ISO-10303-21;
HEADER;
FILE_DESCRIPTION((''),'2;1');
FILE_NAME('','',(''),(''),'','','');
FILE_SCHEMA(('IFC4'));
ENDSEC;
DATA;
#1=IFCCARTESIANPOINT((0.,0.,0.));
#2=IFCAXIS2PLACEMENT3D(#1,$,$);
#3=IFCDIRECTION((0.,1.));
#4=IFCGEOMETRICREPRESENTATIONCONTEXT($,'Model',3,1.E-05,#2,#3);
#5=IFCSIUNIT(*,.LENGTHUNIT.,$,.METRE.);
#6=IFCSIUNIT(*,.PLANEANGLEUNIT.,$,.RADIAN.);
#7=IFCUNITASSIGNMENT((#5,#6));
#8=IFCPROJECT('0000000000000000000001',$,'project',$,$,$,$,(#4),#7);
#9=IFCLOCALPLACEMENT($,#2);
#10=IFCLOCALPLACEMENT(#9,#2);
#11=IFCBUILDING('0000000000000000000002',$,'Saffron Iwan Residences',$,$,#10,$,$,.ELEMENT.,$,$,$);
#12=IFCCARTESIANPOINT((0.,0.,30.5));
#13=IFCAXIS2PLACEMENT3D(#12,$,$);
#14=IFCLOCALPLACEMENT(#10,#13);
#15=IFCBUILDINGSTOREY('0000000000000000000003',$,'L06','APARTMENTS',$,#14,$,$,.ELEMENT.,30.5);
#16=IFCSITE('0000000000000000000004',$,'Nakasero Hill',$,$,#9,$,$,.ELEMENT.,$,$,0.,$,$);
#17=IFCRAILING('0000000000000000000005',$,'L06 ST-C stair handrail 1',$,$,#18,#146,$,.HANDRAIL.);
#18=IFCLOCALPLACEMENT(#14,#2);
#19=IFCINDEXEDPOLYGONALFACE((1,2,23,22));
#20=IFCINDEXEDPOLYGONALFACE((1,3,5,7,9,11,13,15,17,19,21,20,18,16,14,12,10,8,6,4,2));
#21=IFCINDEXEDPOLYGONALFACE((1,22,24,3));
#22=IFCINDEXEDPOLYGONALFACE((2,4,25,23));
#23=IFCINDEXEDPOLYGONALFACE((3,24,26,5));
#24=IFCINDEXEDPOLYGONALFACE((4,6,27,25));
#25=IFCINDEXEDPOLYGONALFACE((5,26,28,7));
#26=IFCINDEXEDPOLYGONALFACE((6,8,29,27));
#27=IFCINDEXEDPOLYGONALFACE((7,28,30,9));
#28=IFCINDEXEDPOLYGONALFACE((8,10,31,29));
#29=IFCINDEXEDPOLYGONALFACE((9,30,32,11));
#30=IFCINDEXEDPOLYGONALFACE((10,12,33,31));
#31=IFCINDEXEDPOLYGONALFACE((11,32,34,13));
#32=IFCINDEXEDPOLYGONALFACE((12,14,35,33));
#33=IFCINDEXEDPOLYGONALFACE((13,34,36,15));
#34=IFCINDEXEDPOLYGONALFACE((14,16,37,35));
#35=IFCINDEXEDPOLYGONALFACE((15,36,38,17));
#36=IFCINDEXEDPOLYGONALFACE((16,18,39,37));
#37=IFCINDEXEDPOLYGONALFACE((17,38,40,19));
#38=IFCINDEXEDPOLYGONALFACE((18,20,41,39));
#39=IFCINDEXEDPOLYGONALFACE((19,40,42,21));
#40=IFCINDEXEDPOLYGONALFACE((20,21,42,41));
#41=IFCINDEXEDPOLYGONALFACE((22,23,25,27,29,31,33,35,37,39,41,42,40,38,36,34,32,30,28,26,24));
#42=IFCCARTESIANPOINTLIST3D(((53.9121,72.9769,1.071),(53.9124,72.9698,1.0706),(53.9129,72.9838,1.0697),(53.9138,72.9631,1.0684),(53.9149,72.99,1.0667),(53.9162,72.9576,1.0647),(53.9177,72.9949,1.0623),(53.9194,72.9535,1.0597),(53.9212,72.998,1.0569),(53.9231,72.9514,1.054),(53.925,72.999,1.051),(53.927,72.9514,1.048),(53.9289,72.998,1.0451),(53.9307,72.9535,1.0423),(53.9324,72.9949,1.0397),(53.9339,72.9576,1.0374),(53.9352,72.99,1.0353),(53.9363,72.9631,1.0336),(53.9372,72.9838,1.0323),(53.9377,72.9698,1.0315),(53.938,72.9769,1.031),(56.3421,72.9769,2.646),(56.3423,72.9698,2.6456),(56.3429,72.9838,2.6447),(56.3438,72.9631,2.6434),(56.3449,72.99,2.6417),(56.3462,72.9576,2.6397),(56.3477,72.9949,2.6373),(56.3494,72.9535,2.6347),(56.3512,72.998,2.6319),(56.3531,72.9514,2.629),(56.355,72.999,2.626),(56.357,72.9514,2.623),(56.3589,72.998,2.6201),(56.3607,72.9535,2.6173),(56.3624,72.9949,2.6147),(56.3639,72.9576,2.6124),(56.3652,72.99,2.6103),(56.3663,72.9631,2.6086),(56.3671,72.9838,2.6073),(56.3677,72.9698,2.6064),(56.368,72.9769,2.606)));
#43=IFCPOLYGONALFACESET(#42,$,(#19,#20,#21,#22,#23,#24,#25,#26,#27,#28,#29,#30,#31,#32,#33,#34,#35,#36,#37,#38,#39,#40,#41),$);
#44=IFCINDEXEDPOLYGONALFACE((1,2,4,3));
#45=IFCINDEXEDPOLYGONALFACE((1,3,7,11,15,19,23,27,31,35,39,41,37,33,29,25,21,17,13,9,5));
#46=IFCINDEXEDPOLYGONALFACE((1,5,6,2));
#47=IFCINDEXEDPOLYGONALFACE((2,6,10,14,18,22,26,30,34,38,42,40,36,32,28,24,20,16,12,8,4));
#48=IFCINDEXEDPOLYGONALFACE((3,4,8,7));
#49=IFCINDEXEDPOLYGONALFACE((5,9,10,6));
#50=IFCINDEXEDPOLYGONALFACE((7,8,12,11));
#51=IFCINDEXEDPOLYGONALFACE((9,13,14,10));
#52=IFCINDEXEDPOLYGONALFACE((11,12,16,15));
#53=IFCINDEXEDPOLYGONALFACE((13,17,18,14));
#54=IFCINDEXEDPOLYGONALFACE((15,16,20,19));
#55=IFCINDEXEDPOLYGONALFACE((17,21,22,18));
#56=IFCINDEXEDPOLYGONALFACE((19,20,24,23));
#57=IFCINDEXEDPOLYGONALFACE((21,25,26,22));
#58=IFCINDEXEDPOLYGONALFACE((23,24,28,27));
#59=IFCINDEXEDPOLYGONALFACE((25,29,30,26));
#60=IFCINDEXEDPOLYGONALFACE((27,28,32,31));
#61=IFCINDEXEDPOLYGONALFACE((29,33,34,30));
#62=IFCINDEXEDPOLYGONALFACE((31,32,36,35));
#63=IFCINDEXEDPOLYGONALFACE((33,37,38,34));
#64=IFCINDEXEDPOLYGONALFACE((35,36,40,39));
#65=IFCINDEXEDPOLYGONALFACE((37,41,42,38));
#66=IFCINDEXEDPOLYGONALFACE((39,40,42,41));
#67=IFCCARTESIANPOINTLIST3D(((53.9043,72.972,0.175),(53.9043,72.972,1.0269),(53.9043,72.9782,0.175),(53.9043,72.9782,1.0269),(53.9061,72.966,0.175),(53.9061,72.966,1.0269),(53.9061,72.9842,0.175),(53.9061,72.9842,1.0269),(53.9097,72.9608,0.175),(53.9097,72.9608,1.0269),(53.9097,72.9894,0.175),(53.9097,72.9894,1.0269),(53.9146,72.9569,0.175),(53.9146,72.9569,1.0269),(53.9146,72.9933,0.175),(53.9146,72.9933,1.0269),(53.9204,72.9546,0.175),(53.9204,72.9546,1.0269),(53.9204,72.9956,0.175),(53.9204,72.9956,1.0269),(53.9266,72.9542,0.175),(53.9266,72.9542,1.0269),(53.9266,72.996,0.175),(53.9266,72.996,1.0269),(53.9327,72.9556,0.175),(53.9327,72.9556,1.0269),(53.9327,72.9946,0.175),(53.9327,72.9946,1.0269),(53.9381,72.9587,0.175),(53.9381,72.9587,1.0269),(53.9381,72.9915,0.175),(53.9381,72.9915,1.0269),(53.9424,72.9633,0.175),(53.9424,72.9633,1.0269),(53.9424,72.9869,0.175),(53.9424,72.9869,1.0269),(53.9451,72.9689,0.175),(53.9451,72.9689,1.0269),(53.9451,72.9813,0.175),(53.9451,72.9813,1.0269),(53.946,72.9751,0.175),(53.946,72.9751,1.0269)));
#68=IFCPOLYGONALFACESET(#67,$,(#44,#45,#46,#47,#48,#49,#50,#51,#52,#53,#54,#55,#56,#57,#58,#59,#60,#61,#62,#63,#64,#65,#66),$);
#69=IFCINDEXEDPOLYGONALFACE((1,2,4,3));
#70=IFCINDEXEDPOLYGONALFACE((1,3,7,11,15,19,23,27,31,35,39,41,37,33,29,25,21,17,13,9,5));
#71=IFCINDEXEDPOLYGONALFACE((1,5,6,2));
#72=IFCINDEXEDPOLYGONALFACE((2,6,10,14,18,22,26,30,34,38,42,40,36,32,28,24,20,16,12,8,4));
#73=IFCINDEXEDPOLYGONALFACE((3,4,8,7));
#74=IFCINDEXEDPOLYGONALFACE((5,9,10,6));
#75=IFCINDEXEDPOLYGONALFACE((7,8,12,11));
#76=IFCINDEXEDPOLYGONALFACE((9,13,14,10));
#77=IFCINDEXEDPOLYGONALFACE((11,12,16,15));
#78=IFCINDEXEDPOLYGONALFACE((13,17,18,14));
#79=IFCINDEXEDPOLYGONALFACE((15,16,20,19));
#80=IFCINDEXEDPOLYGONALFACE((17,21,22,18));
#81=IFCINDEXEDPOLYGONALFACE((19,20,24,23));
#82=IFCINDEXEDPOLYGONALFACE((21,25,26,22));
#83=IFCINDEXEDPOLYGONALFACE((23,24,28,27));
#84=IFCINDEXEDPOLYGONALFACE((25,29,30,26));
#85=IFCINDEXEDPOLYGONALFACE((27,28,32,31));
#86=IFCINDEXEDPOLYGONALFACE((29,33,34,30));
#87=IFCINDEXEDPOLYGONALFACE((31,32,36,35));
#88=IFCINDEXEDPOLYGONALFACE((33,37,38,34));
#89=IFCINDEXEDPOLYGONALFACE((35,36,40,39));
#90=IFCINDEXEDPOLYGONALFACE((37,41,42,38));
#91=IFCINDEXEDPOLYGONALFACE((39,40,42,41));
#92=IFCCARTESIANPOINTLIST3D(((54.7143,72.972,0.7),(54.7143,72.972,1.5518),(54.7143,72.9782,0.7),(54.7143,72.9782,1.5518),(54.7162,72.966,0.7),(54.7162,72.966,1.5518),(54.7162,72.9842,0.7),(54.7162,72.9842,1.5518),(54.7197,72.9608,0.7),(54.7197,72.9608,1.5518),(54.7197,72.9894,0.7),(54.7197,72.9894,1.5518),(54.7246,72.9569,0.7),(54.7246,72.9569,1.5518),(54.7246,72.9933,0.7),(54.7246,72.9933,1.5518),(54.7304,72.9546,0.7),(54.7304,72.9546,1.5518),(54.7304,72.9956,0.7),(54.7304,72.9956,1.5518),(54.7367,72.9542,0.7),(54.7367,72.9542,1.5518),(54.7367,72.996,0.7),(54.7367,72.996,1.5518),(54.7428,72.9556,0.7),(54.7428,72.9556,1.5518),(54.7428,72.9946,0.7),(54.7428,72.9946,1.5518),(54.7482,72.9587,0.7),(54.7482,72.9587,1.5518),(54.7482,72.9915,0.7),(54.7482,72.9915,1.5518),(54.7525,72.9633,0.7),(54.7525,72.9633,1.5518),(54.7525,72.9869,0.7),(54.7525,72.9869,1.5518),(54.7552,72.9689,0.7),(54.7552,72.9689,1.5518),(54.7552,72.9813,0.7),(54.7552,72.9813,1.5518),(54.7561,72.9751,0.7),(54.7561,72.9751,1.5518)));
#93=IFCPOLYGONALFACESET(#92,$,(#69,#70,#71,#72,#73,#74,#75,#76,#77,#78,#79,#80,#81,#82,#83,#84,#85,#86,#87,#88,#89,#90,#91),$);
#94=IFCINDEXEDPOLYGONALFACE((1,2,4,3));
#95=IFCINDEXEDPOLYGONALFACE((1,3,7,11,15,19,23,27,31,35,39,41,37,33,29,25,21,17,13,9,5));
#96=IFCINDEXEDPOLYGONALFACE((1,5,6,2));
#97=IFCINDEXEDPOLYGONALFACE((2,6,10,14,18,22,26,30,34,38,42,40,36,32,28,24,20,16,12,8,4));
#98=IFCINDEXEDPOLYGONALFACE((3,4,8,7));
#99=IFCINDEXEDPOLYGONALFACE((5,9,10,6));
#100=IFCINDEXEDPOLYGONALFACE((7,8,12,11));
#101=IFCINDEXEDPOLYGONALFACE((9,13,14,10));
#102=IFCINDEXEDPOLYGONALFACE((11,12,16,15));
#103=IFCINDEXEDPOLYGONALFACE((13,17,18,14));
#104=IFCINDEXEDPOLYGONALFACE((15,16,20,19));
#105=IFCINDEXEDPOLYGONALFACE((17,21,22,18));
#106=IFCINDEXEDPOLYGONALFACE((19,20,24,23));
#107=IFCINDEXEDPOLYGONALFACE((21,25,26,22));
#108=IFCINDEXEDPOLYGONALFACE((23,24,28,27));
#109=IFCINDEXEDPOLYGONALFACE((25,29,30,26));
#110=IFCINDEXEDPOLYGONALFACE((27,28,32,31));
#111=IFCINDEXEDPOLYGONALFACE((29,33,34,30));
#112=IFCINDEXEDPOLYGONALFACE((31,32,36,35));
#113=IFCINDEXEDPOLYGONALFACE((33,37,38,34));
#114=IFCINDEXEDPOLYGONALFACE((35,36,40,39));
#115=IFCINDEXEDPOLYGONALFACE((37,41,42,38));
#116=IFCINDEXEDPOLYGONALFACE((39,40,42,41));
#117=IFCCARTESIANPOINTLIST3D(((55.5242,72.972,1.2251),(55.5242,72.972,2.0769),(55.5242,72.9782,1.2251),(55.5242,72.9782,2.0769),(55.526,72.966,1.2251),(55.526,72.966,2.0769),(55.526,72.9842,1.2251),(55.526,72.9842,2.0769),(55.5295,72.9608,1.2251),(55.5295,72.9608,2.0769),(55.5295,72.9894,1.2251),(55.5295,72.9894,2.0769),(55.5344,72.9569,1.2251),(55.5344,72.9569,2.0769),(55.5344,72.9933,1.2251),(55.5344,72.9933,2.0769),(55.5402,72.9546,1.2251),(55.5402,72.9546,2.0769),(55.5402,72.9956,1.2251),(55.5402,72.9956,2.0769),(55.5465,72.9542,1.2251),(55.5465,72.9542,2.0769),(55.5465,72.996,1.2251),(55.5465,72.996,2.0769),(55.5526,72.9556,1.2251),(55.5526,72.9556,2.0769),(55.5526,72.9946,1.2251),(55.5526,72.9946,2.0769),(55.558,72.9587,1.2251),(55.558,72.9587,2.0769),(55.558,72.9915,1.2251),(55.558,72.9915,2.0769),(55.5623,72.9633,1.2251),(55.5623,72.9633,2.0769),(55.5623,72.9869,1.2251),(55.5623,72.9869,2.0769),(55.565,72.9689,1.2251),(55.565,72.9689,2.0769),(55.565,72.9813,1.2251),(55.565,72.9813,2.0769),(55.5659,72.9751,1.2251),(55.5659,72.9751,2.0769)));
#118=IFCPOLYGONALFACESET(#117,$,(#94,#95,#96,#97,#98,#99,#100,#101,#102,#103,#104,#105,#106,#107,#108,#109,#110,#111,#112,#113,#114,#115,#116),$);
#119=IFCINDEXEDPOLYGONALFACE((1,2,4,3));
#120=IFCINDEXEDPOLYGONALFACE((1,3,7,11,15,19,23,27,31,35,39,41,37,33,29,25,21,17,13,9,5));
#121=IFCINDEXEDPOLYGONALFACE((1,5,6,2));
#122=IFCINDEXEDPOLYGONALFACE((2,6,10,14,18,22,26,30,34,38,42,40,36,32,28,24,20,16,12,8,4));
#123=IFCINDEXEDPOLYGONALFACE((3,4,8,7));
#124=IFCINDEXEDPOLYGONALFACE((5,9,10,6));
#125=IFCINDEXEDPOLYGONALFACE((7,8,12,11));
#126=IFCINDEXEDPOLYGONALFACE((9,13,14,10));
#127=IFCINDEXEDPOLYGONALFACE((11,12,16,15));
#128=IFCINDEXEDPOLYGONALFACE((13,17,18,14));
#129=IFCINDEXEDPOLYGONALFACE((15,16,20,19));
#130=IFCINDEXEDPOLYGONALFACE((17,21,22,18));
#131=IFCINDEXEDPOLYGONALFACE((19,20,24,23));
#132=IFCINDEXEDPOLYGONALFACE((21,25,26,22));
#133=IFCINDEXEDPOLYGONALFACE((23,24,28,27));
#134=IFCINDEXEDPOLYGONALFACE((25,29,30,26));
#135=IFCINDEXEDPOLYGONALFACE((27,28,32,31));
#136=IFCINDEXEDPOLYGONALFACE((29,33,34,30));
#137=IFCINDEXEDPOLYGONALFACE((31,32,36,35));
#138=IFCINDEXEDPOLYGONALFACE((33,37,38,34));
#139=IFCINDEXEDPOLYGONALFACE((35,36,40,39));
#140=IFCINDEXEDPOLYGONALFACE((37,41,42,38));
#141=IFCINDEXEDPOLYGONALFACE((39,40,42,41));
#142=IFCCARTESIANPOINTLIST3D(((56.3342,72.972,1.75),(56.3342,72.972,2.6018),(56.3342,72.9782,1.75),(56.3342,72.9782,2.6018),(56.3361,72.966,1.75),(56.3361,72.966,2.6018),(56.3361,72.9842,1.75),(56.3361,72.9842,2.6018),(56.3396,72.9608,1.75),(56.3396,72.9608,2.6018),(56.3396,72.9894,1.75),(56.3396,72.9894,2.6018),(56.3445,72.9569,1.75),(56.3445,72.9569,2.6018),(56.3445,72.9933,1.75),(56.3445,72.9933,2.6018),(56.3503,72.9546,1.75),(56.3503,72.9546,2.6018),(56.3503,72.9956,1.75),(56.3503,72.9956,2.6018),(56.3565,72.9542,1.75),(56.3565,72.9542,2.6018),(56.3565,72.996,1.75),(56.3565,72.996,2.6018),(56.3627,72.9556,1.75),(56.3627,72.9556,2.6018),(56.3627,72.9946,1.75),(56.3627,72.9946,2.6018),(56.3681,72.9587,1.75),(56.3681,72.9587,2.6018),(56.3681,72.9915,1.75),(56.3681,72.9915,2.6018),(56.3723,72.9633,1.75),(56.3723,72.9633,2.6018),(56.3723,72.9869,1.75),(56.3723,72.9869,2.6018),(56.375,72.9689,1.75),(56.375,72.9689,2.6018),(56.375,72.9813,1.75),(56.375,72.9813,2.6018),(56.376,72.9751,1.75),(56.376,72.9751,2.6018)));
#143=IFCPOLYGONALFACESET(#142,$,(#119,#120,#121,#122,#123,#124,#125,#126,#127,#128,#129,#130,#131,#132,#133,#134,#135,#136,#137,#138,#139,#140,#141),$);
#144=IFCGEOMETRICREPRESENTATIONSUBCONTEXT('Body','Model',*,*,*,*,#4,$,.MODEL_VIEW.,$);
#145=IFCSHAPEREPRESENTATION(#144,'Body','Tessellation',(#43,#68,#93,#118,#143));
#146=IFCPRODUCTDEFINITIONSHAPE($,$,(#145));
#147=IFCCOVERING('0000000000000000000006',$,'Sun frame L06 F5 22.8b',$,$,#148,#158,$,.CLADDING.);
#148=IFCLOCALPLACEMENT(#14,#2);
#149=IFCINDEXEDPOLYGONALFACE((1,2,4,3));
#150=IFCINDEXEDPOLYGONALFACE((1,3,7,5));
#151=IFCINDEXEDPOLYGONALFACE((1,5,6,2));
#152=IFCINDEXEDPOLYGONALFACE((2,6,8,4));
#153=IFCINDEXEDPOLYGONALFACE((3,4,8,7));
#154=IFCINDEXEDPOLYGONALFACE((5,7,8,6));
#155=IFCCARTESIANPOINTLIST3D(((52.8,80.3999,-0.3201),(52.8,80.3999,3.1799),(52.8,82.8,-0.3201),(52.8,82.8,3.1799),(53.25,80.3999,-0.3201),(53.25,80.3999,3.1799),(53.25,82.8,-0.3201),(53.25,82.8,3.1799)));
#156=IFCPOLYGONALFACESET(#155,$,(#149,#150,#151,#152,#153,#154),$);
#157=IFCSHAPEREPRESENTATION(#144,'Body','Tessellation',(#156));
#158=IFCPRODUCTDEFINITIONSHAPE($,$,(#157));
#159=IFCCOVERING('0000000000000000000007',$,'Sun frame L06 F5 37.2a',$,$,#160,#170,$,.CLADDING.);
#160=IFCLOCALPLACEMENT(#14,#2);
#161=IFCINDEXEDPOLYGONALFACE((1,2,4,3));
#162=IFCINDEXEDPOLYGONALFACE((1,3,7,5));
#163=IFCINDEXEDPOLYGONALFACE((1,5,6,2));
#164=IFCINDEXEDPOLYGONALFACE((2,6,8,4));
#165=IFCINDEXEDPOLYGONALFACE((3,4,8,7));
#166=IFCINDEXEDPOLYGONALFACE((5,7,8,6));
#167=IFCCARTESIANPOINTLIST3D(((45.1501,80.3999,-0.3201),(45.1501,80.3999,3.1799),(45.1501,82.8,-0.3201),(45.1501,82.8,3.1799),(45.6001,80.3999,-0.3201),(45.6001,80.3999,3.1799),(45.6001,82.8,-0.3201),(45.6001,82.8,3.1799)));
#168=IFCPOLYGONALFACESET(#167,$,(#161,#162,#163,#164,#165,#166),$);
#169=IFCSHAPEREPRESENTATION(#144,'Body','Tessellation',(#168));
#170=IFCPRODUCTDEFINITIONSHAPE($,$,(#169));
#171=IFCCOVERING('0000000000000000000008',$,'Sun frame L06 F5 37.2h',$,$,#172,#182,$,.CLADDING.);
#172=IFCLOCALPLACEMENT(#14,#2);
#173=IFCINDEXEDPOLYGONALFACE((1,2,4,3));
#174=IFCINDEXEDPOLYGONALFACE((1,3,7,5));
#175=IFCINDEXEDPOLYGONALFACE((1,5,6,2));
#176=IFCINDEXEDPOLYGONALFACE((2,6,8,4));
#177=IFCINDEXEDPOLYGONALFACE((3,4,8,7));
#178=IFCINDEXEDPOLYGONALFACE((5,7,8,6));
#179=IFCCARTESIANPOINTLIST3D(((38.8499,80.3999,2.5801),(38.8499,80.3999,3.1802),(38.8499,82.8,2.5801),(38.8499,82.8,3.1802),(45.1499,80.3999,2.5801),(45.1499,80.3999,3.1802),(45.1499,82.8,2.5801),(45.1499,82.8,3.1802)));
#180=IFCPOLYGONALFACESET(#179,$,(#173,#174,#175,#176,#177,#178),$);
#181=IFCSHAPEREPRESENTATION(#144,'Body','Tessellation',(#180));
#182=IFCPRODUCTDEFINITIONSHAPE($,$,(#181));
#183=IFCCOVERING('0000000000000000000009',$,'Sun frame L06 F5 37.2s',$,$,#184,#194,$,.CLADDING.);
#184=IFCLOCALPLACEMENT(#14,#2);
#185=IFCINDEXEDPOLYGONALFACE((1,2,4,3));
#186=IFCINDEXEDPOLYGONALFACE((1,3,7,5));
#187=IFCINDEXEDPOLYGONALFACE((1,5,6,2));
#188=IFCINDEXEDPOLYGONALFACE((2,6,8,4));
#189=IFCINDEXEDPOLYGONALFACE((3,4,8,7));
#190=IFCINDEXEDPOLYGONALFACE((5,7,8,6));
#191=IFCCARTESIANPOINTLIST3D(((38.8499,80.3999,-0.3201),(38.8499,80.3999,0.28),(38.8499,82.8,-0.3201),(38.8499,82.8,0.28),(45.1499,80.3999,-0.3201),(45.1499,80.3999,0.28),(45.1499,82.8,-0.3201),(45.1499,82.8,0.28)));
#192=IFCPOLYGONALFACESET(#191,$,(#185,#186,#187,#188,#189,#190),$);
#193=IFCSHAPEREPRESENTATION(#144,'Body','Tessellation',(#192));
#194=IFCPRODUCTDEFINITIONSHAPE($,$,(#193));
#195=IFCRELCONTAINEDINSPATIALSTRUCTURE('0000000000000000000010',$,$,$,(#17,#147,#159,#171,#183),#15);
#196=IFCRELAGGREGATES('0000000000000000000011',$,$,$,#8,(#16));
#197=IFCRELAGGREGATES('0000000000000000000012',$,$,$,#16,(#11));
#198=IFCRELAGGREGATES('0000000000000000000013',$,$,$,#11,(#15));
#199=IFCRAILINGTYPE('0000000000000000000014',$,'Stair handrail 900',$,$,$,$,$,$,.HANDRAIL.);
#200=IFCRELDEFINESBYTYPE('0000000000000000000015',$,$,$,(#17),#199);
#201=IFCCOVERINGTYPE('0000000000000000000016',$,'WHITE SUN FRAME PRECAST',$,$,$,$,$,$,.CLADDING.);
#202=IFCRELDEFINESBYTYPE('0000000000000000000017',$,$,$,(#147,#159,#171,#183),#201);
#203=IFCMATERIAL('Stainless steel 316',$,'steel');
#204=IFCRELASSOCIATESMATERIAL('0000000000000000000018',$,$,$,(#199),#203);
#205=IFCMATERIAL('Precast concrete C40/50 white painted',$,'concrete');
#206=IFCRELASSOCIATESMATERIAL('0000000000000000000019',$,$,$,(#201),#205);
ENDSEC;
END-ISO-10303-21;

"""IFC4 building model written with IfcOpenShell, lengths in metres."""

from ifc_helpers import new_model, si_unit, direction, frame, origin, origin_2d, place, context, subcontext, project, spatial, polyline, circle, outline, extrude, material, type_object, element, save


model = new_model("IFC4")

# Units and contexts
model_context = context("Model", 3, precision=1e-05, world=origin(), true_north=direction((0.0, 1.0)))
body_context = subcontext(model_context, "Body", "Model", "MODEL_VIEW")
ifc_project = project(units=[si_unit("LENGTHUNIT", "METRE"), si_unit("PLANEANGLEUNIT", "RADIAN")], contexts=[model_context])

# Site, building, storey
site_placement = place(None, origin())
site = spatial("IfcSite", under=ifc_project, at=site_placement, Name="Nakasero Hill", CompositionType="ELEMENT", RefElevation=0.0)
building_placement = place(site_placement, origin())
building = spatial("IfcBuilding", under=site, at=building_placement, Name="Saffron Iwan Residences", CompositionType="ELEMENT")
storey_placement = place(building_placement, frame((0.0, 0.0, 30.5)))
storey = spatial("IfcBuildingStorey", under=building, at=storey_placement, Name="L06", Description="APARTMENTS", CompositionType="ELEMENT", Elevation=30.5)

# Railing
ifc_material_1 = material(Name="Stainless steel 316", Category="steel")
railing_type_1 = type_object("IfcRailingType", Name="Stair handrail 900", PredefinedType="HANDRAIL", material=ifc_material_1)
railing_1_placement = place(storey_placement, frame((53.925, 72.9751, 0.175)))
element("IfcRailing", 1, at=railing_1_placement, inside=storey, type_object=railing_type_1, Name="L06 ST-C stair handrail 1", PredefinedType="HANDRAIL", context=body_context, shape_type="SweptSolid", body=[
    extrude(circle(Radius=0.0239, at=origin_2d()), frame((0.0, 0.0, 0.876), z_axis=(0.839154, 0.0, 0.543894), x_axis=(0.0, 1.0, 0.0)), (0.0, 0.0, 1.0), 2.8958),
    extrude(circle(Radius=0.021, at=origin_2d()), origin(), (0.0, 0.0, 1.0), 0.8518),
    extrude(circle(Radius=0.021, at=origin_2d()), frame((0.8101, 0.0, 0.5249)), (0.0, 0.0, 1.0), 0.8518),
    extrude(circle(Radius=0.021, at=origin_2d()), frame((1.6199, 0.0, 1.05)), (0.0, 0.0, 1.0), 0.8518),
    extrude(circle(Radius=0.021, at=origin_2d()), frame((2.4299, 0.0, 1.575)), (0.0, 0.0, 1.0), 0.8518),
])

# Coverings
ifc_material_2 = material(Name="Precast concrete C40/50 white painted", Category="concrete")
covering_type_1 = type_object("IfcCoveringType", Name="WHITE SUN FRAME PRECAST", PredefinedType="CLADDING", material=ifc_material_2)
for number, where, z_axis, x_axis, name in (
    (2, (53.25, 80.3999, -0.3201), (0.0, 1.0, 0.0), (-1.0, 0.0, 0.0), "Sun frame L06 F5 22.8b"),
    (3, (45.6001, 80.3999, -0.3201), (0.0, 1.0, 0.0), (-1.0, 0.0, 0.0), "Sun frame L06 F5 37.2a"),
):
    element("IfcCovering", number, at=place(storey_placement, frame(where, z_axis=z_axis, x_axis=x_axis)), inside=storey, type_object=covering_type_1, Name=name, PredefinedType="CLADDING", context=body_context, shape_type="SweptSolid", body=[
        extrude(outline(polyline([(0.0, 0.0), (0.45, 0.0), (0.45, 3.5), (0.0, 3.5), (0.0, 0.0)])), origin(), (0.0, 0.0, 1.0), 2.4001),
    ])
for number, where, z_axis, x_axis, name in (
    (4, (45.1499, 80.3999, 2.5801), (0.0, 1.0, 0.0), (-1.0, 0.0, 0.0), "Sun frame L06 F5 37.2h"),
    (5, (45.1499, 80.3999, -0.3201), (0.0, 1.0, 0.0), (-1.0, 0.0, 0.0), "Sun frame L06 F5 37.2s"),
):
    element("IfcCovering", number, at=place(storey_placement, frame(where, z_axis=z_axis, x_axis=x_axis)), inside=storey, type_object=covering_type_1, Name=name, PredefinedType="CLADDING", context=body_context, shape_type="SweptSolid", body=[
        extrude(outline(polyline([(0.0, 0.0), (6.3, 0.0), (6.3, 0.6001), (0.0, 0.6001), (0.0, 0.0)])), origin(), (0.0, 0.0, 1.0), 2.4001),
    ])

save(model, "model.ifc")
